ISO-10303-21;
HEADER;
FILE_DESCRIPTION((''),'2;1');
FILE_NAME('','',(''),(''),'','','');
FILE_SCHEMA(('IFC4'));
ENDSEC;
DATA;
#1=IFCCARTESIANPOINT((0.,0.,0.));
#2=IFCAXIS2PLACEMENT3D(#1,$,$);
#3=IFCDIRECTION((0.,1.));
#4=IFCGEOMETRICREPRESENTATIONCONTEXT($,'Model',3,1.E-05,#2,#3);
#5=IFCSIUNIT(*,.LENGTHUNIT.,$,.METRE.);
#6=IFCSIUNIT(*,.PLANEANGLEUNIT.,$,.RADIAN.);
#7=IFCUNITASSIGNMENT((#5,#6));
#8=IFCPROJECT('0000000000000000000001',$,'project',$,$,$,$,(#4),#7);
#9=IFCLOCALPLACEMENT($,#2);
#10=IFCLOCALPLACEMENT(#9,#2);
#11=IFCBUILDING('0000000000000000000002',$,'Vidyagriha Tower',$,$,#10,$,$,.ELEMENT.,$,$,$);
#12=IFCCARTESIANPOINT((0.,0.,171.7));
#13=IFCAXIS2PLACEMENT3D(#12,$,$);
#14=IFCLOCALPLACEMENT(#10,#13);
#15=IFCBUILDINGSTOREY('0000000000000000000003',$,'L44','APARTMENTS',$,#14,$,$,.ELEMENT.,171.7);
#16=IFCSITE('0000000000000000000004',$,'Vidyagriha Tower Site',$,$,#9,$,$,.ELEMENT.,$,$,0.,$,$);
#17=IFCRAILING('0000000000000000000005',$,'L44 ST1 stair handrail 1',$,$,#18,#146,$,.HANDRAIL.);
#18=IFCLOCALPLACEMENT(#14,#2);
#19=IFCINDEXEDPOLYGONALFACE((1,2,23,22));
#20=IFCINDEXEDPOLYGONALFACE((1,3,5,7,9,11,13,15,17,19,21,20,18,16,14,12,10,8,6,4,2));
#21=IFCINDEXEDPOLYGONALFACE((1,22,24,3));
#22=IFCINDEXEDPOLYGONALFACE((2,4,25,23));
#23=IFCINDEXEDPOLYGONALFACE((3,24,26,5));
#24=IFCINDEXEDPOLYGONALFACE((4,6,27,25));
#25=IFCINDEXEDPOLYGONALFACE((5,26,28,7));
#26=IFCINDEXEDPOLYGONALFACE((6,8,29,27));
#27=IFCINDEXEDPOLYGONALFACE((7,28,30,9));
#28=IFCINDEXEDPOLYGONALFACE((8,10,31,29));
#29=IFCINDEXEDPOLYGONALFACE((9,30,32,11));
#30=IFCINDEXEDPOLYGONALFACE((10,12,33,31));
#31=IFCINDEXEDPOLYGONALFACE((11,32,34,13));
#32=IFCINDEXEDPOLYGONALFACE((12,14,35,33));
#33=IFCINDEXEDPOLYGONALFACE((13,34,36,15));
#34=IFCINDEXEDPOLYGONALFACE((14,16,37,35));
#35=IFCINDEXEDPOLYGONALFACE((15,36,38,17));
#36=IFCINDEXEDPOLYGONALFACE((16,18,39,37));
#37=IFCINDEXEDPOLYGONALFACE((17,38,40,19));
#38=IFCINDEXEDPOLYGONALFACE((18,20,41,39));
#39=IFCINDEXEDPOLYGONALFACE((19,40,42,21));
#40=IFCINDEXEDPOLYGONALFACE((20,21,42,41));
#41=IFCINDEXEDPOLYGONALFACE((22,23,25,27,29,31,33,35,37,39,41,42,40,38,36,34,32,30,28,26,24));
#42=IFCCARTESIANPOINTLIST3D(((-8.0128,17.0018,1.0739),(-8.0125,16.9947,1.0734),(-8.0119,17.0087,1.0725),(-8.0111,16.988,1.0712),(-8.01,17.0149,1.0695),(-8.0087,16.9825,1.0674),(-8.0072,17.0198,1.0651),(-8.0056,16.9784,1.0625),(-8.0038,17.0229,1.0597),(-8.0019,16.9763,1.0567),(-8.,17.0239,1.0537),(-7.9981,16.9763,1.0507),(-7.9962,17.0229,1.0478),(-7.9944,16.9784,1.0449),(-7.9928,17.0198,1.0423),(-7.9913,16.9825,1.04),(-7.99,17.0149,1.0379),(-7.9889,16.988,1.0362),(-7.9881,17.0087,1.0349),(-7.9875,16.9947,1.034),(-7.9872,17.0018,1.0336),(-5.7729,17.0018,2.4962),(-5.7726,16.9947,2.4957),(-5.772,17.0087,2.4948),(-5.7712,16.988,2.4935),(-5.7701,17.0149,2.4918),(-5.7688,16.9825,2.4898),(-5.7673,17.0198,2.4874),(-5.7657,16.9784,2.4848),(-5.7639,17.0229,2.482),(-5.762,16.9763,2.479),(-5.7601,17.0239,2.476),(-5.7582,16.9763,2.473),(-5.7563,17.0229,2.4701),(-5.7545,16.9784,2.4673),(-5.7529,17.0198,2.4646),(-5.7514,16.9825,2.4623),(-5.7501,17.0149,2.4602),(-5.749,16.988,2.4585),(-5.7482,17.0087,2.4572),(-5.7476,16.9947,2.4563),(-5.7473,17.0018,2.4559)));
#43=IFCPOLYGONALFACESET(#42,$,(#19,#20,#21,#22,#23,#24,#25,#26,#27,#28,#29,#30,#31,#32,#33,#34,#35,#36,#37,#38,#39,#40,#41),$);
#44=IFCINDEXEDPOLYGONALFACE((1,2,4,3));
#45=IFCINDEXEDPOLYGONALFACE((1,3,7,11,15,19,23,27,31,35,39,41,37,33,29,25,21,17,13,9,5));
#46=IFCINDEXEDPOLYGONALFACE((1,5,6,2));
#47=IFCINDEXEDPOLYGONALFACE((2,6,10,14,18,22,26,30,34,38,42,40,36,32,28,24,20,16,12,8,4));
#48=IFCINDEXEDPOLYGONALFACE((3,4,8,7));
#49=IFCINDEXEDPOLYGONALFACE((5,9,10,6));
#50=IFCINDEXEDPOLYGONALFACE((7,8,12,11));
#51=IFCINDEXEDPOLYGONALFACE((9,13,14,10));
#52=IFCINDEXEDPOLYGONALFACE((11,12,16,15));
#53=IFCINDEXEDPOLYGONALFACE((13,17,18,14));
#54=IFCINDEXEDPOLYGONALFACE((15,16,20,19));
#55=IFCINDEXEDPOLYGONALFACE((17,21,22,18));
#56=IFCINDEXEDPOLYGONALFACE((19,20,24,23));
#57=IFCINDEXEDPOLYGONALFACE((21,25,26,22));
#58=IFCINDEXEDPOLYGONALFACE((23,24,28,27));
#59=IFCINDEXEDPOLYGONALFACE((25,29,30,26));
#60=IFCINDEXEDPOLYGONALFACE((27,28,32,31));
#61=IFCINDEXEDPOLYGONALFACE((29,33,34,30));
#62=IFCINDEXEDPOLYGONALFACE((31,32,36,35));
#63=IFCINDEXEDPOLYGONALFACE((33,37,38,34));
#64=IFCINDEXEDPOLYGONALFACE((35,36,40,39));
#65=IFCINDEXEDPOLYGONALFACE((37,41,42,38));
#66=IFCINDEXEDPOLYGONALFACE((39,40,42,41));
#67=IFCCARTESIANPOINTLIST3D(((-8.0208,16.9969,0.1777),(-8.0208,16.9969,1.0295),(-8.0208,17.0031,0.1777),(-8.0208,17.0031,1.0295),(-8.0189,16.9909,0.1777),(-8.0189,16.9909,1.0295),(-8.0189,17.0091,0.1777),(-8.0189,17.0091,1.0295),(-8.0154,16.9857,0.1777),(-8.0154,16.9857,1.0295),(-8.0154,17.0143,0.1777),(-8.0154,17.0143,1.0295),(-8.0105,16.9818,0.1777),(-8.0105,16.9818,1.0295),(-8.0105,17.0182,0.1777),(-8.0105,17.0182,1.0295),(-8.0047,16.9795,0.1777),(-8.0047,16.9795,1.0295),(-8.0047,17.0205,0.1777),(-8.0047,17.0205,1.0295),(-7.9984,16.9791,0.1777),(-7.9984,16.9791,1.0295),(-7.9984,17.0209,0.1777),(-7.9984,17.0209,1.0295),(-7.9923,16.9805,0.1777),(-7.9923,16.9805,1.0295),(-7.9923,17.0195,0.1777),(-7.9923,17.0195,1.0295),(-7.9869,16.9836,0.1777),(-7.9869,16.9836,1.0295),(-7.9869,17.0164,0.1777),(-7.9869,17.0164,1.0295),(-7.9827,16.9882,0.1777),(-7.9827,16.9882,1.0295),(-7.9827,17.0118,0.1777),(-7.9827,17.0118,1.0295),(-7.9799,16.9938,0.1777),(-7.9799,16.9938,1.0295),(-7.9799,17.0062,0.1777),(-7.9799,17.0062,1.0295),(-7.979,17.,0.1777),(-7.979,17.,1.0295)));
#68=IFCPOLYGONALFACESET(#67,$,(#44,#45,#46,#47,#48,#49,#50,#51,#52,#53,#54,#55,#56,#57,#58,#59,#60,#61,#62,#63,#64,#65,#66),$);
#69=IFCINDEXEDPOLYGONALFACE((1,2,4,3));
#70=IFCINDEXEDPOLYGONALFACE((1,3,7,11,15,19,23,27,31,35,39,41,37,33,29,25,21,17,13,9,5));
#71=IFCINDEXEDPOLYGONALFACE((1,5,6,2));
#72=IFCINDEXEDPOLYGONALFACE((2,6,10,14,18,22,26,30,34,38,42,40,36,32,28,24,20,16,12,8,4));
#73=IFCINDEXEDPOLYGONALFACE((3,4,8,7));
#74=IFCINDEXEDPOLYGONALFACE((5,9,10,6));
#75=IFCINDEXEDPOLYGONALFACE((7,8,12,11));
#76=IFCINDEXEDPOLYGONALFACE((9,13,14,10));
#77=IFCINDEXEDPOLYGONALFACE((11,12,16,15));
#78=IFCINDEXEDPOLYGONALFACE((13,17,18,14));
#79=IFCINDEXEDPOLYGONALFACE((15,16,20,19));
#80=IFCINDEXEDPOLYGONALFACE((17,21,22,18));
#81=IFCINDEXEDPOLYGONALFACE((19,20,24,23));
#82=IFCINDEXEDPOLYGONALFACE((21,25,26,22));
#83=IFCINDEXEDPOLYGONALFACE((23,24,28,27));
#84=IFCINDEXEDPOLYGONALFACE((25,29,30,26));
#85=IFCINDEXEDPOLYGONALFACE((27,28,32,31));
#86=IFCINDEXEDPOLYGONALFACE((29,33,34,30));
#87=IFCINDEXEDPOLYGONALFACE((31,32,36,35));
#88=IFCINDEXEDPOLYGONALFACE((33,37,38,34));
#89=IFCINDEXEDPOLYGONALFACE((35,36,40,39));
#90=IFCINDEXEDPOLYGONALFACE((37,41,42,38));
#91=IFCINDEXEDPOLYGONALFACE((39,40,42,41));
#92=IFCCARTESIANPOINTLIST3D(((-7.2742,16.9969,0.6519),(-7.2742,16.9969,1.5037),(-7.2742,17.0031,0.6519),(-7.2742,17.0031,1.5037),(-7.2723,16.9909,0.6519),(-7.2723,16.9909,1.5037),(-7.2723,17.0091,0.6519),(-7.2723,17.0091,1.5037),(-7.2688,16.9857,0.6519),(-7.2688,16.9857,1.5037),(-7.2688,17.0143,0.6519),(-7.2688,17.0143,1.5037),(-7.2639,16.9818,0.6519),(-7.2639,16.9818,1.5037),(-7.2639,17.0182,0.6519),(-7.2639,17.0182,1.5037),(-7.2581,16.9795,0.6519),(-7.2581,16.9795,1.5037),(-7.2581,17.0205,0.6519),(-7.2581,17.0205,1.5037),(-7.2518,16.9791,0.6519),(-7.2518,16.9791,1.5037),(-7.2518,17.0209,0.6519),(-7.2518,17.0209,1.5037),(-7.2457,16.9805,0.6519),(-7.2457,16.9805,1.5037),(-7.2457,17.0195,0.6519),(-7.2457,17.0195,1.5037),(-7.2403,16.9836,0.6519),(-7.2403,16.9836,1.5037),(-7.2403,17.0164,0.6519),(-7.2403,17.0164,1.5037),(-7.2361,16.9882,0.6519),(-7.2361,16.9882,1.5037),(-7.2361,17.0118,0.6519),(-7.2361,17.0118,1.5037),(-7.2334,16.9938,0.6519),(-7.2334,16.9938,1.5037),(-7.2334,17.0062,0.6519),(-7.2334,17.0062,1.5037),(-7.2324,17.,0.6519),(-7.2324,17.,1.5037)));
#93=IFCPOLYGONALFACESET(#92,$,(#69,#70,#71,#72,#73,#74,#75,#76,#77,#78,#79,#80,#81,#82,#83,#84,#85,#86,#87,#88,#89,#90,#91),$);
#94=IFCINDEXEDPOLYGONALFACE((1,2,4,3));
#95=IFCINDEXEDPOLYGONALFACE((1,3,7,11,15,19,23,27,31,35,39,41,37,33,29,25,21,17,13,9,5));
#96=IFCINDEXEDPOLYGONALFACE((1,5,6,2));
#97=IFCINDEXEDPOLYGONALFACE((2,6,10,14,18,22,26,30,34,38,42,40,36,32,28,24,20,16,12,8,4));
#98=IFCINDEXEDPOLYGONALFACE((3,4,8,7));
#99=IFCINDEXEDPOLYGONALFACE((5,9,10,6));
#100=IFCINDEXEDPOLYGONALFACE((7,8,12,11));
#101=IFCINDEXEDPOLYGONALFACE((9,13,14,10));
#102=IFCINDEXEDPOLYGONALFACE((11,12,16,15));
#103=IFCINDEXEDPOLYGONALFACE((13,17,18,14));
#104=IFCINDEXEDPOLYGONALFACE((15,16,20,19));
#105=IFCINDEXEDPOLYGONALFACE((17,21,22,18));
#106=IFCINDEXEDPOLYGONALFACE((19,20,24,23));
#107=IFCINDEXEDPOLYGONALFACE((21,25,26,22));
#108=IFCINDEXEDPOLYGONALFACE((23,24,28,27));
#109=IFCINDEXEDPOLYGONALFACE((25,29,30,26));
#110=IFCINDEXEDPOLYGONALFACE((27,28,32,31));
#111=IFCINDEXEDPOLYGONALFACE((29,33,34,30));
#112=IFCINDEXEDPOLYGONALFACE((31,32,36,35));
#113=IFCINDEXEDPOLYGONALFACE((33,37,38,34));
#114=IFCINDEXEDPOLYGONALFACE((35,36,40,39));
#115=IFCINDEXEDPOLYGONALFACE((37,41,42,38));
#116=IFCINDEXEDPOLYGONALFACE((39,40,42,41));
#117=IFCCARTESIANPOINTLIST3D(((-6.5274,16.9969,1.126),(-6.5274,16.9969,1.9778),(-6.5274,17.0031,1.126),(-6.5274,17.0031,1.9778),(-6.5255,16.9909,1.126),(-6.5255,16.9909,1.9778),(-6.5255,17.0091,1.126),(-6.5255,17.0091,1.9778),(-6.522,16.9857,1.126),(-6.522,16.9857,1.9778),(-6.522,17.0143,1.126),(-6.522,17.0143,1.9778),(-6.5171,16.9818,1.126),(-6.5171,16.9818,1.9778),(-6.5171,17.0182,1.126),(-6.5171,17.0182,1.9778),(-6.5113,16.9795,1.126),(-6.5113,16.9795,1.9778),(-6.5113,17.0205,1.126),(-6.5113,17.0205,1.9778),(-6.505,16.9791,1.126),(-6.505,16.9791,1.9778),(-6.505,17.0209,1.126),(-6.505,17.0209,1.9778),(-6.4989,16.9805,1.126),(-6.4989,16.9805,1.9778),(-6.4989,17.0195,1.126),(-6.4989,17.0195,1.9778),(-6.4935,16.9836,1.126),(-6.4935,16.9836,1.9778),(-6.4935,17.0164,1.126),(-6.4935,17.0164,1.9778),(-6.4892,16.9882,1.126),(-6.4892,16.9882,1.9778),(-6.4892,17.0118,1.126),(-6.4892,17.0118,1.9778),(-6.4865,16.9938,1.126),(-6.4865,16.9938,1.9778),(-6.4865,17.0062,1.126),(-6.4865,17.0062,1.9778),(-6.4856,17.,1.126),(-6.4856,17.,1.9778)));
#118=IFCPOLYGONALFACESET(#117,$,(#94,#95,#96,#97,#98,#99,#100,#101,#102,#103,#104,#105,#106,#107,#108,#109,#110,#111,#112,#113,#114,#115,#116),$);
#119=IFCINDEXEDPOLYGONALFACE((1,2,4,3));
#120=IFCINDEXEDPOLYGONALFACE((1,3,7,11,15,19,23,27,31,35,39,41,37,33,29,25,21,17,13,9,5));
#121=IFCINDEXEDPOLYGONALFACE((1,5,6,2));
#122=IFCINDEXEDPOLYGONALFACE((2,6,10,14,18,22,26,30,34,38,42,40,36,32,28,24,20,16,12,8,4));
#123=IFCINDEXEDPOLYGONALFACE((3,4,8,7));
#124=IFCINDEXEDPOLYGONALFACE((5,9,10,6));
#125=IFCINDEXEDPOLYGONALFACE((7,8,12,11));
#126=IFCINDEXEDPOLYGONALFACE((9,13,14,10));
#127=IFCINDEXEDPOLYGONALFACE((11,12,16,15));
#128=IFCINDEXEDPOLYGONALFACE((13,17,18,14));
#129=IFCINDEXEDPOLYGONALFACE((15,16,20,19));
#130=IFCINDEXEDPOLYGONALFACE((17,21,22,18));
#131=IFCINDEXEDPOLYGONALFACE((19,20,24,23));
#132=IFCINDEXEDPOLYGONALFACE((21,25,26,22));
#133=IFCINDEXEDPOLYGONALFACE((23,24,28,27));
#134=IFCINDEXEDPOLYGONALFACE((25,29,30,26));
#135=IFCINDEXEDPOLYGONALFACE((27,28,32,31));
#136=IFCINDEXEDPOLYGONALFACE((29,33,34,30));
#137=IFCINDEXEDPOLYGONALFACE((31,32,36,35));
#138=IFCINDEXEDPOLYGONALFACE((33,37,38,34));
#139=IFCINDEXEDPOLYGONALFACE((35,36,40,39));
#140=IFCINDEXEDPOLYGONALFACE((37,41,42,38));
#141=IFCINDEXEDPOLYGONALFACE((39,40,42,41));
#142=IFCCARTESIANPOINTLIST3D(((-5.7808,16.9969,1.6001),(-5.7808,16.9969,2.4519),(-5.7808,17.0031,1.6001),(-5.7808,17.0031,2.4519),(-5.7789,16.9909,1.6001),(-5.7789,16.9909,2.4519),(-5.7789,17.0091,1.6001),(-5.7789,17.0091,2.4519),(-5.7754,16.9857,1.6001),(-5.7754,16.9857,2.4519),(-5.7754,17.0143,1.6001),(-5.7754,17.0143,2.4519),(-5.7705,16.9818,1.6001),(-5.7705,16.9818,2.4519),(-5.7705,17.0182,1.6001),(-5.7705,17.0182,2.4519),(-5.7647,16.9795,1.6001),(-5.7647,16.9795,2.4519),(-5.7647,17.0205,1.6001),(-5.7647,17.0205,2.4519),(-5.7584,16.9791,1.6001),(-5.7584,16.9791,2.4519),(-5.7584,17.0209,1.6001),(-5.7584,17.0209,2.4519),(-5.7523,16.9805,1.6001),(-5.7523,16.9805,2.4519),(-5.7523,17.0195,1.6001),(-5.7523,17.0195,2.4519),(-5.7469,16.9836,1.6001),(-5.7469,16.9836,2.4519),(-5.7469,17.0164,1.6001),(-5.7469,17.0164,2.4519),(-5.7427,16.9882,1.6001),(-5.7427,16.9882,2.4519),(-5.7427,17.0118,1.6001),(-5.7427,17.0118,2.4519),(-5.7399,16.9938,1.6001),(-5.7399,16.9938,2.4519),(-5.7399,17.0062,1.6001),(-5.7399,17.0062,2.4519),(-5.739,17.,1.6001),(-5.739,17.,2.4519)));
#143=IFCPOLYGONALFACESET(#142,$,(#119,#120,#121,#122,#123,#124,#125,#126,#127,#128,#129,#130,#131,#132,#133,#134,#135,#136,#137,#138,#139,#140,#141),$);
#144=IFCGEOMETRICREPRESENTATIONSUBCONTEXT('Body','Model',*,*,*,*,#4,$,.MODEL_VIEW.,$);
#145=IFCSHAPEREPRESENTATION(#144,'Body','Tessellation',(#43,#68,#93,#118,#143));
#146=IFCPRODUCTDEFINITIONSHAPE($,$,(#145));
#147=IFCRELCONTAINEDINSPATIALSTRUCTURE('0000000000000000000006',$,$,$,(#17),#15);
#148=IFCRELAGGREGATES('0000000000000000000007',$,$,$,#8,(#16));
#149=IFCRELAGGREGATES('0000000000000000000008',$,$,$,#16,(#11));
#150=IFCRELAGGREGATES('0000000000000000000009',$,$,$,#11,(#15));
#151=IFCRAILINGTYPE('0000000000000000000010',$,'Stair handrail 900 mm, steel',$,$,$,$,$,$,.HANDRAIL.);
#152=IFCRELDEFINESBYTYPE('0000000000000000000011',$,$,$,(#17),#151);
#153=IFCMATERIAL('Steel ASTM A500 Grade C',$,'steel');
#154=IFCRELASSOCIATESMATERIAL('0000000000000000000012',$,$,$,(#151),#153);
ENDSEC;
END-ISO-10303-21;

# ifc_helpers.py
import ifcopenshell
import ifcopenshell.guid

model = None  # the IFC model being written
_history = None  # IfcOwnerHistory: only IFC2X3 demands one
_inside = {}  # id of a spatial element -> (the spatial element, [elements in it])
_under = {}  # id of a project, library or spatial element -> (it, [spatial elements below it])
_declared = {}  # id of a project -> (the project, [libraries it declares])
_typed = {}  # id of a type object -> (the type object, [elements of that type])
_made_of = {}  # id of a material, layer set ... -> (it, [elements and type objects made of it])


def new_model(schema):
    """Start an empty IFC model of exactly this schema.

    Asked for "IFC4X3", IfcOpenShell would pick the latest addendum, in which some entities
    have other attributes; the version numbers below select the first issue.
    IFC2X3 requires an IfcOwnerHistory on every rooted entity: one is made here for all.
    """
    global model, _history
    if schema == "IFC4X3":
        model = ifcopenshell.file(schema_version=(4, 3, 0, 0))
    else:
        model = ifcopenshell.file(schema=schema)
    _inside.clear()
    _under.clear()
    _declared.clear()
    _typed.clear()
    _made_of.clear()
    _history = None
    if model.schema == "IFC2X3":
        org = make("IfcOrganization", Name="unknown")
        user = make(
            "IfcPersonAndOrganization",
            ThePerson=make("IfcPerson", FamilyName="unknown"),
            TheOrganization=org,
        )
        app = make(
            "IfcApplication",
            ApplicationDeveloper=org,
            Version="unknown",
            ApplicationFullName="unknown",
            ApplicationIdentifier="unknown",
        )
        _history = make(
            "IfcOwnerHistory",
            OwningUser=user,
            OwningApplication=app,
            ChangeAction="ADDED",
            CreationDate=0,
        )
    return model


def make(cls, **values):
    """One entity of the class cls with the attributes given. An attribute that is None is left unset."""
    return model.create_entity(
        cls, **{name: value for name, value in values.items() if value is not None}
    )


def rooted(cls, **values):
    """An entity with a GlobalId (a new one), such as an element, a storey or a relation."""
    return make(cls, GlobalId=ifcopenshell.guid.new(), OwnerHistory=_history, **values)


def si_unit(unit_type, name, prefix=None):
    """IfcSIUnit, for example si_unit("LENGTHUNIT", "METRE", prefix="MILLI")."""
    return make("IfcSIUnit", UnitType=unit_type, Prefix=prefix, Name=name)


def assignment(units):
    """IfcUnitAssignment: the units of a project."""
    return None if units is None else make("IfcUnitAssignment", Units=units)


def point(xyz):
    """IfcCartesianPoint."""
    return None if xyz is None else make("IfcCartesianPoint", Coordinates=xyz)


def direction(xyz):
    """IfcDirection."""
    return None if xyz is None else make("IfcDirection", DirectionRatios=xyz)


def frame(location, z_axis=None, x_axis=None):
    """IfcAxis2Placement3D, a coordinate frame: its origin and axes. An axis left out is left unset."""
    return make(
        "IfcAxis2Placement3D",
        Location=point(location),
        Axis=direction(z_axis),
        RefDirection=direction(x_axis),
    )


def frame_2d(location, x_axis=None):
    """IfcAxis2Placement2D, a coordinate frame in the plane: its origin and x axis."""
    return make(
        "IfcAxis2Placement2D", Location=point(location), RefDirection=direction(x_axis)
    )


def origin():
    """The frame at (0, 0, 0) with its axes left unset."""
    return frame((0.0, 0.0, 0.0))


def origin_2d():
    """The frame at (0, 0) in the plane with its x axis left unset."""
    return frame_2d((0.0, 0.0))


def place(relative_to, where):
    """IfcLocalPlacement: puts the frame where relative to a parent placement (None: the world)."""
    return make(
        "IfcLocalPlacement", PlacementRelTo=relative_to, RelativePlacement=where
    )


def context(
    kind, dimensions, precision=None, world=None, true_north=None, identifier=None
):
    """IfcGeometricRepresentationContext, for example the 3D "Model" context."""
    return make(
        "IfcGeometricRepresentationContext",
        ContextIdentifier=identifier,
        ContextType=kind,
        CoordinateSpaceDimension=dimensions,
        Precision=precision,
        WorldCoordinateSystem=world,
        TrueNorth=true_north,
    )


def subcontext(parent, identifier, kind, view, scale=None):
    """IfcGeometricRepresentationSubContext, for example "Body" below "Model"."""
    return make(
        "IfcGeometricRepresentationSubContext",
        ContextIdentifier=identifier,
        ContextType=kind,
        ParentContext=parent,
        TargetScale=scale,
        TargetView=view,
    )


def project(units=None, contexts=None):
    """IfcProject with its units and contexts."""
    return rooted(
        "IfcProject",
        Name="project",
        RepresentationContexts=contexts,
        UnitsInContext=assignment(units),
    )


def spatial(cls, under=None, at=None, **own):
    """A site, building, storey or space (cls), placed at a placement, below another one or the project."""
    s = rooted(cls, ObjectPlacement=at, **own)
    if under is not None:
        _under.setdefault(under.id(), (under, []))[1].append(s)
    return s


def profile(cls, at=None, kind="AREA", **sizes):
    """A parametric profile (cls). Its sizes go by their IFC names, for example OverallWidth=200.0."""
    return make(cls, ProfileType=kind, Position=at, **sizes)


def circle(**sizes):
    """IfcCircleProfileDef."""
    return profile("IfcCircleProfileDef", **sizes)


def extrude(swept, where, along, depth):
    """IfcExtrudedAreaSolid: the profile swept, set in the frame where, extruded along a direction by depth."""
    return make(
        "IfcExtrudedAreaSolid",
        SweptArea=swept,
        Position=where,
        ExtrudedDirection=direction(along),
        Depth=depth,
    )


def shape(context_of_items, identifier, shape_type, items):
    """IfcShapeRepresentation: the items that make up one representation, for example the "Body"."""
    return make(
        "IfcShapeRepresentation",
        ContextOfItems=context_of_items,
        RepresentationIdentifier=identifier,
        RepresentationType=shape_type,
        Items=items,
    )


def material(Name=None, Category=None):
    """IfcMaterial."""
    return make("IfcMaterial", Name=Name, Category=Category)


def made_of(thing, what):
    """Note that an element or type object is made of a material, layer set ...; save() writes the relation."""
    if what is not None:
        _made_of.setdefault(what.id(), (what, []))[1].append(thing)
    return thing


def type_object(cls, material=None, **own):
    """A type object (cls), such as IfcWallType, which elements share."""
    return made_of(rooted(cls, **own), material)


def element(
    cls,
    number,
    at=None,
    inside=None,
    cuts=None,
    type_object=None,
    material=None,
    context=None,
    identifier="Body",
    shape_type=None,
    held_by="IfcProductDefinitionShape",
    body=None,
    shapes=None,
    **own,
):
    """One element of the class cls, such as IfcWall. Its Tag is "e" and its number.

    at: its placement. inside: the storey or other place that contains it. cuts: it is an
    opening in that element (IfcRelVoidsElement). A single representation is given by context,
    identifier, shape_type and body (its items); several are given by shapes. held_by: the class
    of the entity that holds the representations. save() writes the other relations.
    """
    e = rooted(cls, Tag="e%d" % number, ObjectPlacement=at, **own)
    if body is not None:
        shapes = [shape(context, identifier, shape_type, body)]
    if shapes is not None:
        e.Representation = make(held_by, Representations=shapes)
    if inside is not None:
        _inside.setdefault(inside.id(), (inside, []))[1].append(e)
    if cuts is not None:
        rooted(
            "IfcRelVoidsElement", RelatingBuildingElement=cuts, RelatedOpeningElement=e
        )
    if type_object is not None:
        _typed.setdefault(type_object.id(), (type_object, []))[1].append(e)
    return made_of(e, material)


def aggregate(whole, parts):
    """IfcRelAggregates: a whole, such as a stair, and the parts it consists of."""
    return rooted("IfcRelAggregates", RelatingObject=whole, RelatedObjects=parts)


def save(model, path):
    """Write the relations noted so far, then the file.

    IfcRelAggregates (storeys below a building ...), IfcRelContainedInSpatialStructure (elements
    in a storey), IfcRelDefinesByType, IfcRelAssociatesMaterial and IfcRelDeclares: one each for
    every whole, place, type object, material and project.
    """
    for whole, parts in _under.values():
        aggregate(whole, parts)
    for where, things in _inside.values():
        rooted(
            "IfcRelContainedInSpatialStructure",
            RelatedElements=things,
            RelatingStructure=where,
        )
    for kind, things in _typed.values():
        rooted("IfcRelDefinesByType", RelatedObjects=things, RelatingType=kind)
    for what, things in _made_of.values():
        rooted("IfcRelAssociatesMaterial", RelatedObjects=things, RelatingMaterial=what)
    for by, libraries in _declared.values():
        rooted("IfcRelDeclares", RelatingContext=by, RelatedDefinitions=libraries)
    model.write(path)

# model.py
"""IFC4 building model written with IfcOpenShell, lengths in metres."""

from ifc_helpers import new_model, si_unit, direction, frame, origin, origin_2d, place, context, subcontext, project, spatial, circle, extrude, material, type_object, element, save


model = new_model("IFC4")

# Units and contexts
model_context = context("Model", 3, precision=1e-05, world=origin(), true_north=direction((0.0, 1.0)))
body_context = subcontext(model_context, "Body", "Model", "MODEL_VIEW")
ifc_project = project(units=[si_unit("LENGTHUNIT", "METRE"), si_unit("PLANEANGLEUNIT", "RADIAN")], contexts=[model_context])

# Site, building, storey
site_placement = place(None, origin())
site = spatial("IfcSite", under=ifc_project, at=site_placement, Name="Vidyagriha Tower Site", CompositionType="ELEMENT", RefElevation=0.0)
building_placement = place(site_placement, origin())
building = spatial("IfcBuilding", under=site, at=building_placement, Name="Vidyagriha Tower", CompositionType="ELEMENT")
storey_placement = place(building_placement, frame((0.0, 0.0, 171.7)))
storey = spatial("IfcBuildingStorey", under=building, at=storey_placement, Name="L44", Description="APARTMENTS", CompositionType="ELEMENT", Elevation=171.7)

# Railing
ifc_material_1 = material(Name="Steel ASTM A500 Grade C", Category="steel")
railing_type_1 = type_object("IfcRailingType", Name="Stair handrail 900 mm, steel", PredefinedType="HANDRAIL", material=ifc_material_1)
railing_1_placement = place(storey_placement, frame((-8.0, 17.0, 0.1777)))
element("IfcRailing", 1, at=railing_1_placement, inside=storey, type_object=railing_type_1, Name="L44 ST1 stair handrail 1", PredefinedType="HANDRAIL", context=body_context, shape_type="SweptSolid", body=[
    extrude(circle(Radius=0.0239, at=origin_2d()), frame((0.0, 0.0, 0.876), z_axis=(0.844188, 0.0, 0.536048), x_axis=(0.0, 1.0, 0.0)), (0.0, 0.0, 1.0), 2.6533),
    extrude(circle(Radius=0.021, at=origin_2d()), origin(), (0.0, 0.0, 1.0), 0.8518),
    extrude(circle(Radius=0.021, at=origin_2d()), frame((0.7466, 0.0, 0.4741)), (0.0, 0.0, 1.0), 0.8518),
    extrude(circle(Radius=0.021, at=origin_2d()), frame((1.4934, 0.0, 0.9482)), (0.0, 0.0, 1.0), 0.8518),
    extrude(circle(Radius=0.021, at=origin_2d()), frame((2.24, 0.0, 1.4224)), (0.0, 0.0, 1.0), 0.8518),
])

save(model, "model.ifc")
